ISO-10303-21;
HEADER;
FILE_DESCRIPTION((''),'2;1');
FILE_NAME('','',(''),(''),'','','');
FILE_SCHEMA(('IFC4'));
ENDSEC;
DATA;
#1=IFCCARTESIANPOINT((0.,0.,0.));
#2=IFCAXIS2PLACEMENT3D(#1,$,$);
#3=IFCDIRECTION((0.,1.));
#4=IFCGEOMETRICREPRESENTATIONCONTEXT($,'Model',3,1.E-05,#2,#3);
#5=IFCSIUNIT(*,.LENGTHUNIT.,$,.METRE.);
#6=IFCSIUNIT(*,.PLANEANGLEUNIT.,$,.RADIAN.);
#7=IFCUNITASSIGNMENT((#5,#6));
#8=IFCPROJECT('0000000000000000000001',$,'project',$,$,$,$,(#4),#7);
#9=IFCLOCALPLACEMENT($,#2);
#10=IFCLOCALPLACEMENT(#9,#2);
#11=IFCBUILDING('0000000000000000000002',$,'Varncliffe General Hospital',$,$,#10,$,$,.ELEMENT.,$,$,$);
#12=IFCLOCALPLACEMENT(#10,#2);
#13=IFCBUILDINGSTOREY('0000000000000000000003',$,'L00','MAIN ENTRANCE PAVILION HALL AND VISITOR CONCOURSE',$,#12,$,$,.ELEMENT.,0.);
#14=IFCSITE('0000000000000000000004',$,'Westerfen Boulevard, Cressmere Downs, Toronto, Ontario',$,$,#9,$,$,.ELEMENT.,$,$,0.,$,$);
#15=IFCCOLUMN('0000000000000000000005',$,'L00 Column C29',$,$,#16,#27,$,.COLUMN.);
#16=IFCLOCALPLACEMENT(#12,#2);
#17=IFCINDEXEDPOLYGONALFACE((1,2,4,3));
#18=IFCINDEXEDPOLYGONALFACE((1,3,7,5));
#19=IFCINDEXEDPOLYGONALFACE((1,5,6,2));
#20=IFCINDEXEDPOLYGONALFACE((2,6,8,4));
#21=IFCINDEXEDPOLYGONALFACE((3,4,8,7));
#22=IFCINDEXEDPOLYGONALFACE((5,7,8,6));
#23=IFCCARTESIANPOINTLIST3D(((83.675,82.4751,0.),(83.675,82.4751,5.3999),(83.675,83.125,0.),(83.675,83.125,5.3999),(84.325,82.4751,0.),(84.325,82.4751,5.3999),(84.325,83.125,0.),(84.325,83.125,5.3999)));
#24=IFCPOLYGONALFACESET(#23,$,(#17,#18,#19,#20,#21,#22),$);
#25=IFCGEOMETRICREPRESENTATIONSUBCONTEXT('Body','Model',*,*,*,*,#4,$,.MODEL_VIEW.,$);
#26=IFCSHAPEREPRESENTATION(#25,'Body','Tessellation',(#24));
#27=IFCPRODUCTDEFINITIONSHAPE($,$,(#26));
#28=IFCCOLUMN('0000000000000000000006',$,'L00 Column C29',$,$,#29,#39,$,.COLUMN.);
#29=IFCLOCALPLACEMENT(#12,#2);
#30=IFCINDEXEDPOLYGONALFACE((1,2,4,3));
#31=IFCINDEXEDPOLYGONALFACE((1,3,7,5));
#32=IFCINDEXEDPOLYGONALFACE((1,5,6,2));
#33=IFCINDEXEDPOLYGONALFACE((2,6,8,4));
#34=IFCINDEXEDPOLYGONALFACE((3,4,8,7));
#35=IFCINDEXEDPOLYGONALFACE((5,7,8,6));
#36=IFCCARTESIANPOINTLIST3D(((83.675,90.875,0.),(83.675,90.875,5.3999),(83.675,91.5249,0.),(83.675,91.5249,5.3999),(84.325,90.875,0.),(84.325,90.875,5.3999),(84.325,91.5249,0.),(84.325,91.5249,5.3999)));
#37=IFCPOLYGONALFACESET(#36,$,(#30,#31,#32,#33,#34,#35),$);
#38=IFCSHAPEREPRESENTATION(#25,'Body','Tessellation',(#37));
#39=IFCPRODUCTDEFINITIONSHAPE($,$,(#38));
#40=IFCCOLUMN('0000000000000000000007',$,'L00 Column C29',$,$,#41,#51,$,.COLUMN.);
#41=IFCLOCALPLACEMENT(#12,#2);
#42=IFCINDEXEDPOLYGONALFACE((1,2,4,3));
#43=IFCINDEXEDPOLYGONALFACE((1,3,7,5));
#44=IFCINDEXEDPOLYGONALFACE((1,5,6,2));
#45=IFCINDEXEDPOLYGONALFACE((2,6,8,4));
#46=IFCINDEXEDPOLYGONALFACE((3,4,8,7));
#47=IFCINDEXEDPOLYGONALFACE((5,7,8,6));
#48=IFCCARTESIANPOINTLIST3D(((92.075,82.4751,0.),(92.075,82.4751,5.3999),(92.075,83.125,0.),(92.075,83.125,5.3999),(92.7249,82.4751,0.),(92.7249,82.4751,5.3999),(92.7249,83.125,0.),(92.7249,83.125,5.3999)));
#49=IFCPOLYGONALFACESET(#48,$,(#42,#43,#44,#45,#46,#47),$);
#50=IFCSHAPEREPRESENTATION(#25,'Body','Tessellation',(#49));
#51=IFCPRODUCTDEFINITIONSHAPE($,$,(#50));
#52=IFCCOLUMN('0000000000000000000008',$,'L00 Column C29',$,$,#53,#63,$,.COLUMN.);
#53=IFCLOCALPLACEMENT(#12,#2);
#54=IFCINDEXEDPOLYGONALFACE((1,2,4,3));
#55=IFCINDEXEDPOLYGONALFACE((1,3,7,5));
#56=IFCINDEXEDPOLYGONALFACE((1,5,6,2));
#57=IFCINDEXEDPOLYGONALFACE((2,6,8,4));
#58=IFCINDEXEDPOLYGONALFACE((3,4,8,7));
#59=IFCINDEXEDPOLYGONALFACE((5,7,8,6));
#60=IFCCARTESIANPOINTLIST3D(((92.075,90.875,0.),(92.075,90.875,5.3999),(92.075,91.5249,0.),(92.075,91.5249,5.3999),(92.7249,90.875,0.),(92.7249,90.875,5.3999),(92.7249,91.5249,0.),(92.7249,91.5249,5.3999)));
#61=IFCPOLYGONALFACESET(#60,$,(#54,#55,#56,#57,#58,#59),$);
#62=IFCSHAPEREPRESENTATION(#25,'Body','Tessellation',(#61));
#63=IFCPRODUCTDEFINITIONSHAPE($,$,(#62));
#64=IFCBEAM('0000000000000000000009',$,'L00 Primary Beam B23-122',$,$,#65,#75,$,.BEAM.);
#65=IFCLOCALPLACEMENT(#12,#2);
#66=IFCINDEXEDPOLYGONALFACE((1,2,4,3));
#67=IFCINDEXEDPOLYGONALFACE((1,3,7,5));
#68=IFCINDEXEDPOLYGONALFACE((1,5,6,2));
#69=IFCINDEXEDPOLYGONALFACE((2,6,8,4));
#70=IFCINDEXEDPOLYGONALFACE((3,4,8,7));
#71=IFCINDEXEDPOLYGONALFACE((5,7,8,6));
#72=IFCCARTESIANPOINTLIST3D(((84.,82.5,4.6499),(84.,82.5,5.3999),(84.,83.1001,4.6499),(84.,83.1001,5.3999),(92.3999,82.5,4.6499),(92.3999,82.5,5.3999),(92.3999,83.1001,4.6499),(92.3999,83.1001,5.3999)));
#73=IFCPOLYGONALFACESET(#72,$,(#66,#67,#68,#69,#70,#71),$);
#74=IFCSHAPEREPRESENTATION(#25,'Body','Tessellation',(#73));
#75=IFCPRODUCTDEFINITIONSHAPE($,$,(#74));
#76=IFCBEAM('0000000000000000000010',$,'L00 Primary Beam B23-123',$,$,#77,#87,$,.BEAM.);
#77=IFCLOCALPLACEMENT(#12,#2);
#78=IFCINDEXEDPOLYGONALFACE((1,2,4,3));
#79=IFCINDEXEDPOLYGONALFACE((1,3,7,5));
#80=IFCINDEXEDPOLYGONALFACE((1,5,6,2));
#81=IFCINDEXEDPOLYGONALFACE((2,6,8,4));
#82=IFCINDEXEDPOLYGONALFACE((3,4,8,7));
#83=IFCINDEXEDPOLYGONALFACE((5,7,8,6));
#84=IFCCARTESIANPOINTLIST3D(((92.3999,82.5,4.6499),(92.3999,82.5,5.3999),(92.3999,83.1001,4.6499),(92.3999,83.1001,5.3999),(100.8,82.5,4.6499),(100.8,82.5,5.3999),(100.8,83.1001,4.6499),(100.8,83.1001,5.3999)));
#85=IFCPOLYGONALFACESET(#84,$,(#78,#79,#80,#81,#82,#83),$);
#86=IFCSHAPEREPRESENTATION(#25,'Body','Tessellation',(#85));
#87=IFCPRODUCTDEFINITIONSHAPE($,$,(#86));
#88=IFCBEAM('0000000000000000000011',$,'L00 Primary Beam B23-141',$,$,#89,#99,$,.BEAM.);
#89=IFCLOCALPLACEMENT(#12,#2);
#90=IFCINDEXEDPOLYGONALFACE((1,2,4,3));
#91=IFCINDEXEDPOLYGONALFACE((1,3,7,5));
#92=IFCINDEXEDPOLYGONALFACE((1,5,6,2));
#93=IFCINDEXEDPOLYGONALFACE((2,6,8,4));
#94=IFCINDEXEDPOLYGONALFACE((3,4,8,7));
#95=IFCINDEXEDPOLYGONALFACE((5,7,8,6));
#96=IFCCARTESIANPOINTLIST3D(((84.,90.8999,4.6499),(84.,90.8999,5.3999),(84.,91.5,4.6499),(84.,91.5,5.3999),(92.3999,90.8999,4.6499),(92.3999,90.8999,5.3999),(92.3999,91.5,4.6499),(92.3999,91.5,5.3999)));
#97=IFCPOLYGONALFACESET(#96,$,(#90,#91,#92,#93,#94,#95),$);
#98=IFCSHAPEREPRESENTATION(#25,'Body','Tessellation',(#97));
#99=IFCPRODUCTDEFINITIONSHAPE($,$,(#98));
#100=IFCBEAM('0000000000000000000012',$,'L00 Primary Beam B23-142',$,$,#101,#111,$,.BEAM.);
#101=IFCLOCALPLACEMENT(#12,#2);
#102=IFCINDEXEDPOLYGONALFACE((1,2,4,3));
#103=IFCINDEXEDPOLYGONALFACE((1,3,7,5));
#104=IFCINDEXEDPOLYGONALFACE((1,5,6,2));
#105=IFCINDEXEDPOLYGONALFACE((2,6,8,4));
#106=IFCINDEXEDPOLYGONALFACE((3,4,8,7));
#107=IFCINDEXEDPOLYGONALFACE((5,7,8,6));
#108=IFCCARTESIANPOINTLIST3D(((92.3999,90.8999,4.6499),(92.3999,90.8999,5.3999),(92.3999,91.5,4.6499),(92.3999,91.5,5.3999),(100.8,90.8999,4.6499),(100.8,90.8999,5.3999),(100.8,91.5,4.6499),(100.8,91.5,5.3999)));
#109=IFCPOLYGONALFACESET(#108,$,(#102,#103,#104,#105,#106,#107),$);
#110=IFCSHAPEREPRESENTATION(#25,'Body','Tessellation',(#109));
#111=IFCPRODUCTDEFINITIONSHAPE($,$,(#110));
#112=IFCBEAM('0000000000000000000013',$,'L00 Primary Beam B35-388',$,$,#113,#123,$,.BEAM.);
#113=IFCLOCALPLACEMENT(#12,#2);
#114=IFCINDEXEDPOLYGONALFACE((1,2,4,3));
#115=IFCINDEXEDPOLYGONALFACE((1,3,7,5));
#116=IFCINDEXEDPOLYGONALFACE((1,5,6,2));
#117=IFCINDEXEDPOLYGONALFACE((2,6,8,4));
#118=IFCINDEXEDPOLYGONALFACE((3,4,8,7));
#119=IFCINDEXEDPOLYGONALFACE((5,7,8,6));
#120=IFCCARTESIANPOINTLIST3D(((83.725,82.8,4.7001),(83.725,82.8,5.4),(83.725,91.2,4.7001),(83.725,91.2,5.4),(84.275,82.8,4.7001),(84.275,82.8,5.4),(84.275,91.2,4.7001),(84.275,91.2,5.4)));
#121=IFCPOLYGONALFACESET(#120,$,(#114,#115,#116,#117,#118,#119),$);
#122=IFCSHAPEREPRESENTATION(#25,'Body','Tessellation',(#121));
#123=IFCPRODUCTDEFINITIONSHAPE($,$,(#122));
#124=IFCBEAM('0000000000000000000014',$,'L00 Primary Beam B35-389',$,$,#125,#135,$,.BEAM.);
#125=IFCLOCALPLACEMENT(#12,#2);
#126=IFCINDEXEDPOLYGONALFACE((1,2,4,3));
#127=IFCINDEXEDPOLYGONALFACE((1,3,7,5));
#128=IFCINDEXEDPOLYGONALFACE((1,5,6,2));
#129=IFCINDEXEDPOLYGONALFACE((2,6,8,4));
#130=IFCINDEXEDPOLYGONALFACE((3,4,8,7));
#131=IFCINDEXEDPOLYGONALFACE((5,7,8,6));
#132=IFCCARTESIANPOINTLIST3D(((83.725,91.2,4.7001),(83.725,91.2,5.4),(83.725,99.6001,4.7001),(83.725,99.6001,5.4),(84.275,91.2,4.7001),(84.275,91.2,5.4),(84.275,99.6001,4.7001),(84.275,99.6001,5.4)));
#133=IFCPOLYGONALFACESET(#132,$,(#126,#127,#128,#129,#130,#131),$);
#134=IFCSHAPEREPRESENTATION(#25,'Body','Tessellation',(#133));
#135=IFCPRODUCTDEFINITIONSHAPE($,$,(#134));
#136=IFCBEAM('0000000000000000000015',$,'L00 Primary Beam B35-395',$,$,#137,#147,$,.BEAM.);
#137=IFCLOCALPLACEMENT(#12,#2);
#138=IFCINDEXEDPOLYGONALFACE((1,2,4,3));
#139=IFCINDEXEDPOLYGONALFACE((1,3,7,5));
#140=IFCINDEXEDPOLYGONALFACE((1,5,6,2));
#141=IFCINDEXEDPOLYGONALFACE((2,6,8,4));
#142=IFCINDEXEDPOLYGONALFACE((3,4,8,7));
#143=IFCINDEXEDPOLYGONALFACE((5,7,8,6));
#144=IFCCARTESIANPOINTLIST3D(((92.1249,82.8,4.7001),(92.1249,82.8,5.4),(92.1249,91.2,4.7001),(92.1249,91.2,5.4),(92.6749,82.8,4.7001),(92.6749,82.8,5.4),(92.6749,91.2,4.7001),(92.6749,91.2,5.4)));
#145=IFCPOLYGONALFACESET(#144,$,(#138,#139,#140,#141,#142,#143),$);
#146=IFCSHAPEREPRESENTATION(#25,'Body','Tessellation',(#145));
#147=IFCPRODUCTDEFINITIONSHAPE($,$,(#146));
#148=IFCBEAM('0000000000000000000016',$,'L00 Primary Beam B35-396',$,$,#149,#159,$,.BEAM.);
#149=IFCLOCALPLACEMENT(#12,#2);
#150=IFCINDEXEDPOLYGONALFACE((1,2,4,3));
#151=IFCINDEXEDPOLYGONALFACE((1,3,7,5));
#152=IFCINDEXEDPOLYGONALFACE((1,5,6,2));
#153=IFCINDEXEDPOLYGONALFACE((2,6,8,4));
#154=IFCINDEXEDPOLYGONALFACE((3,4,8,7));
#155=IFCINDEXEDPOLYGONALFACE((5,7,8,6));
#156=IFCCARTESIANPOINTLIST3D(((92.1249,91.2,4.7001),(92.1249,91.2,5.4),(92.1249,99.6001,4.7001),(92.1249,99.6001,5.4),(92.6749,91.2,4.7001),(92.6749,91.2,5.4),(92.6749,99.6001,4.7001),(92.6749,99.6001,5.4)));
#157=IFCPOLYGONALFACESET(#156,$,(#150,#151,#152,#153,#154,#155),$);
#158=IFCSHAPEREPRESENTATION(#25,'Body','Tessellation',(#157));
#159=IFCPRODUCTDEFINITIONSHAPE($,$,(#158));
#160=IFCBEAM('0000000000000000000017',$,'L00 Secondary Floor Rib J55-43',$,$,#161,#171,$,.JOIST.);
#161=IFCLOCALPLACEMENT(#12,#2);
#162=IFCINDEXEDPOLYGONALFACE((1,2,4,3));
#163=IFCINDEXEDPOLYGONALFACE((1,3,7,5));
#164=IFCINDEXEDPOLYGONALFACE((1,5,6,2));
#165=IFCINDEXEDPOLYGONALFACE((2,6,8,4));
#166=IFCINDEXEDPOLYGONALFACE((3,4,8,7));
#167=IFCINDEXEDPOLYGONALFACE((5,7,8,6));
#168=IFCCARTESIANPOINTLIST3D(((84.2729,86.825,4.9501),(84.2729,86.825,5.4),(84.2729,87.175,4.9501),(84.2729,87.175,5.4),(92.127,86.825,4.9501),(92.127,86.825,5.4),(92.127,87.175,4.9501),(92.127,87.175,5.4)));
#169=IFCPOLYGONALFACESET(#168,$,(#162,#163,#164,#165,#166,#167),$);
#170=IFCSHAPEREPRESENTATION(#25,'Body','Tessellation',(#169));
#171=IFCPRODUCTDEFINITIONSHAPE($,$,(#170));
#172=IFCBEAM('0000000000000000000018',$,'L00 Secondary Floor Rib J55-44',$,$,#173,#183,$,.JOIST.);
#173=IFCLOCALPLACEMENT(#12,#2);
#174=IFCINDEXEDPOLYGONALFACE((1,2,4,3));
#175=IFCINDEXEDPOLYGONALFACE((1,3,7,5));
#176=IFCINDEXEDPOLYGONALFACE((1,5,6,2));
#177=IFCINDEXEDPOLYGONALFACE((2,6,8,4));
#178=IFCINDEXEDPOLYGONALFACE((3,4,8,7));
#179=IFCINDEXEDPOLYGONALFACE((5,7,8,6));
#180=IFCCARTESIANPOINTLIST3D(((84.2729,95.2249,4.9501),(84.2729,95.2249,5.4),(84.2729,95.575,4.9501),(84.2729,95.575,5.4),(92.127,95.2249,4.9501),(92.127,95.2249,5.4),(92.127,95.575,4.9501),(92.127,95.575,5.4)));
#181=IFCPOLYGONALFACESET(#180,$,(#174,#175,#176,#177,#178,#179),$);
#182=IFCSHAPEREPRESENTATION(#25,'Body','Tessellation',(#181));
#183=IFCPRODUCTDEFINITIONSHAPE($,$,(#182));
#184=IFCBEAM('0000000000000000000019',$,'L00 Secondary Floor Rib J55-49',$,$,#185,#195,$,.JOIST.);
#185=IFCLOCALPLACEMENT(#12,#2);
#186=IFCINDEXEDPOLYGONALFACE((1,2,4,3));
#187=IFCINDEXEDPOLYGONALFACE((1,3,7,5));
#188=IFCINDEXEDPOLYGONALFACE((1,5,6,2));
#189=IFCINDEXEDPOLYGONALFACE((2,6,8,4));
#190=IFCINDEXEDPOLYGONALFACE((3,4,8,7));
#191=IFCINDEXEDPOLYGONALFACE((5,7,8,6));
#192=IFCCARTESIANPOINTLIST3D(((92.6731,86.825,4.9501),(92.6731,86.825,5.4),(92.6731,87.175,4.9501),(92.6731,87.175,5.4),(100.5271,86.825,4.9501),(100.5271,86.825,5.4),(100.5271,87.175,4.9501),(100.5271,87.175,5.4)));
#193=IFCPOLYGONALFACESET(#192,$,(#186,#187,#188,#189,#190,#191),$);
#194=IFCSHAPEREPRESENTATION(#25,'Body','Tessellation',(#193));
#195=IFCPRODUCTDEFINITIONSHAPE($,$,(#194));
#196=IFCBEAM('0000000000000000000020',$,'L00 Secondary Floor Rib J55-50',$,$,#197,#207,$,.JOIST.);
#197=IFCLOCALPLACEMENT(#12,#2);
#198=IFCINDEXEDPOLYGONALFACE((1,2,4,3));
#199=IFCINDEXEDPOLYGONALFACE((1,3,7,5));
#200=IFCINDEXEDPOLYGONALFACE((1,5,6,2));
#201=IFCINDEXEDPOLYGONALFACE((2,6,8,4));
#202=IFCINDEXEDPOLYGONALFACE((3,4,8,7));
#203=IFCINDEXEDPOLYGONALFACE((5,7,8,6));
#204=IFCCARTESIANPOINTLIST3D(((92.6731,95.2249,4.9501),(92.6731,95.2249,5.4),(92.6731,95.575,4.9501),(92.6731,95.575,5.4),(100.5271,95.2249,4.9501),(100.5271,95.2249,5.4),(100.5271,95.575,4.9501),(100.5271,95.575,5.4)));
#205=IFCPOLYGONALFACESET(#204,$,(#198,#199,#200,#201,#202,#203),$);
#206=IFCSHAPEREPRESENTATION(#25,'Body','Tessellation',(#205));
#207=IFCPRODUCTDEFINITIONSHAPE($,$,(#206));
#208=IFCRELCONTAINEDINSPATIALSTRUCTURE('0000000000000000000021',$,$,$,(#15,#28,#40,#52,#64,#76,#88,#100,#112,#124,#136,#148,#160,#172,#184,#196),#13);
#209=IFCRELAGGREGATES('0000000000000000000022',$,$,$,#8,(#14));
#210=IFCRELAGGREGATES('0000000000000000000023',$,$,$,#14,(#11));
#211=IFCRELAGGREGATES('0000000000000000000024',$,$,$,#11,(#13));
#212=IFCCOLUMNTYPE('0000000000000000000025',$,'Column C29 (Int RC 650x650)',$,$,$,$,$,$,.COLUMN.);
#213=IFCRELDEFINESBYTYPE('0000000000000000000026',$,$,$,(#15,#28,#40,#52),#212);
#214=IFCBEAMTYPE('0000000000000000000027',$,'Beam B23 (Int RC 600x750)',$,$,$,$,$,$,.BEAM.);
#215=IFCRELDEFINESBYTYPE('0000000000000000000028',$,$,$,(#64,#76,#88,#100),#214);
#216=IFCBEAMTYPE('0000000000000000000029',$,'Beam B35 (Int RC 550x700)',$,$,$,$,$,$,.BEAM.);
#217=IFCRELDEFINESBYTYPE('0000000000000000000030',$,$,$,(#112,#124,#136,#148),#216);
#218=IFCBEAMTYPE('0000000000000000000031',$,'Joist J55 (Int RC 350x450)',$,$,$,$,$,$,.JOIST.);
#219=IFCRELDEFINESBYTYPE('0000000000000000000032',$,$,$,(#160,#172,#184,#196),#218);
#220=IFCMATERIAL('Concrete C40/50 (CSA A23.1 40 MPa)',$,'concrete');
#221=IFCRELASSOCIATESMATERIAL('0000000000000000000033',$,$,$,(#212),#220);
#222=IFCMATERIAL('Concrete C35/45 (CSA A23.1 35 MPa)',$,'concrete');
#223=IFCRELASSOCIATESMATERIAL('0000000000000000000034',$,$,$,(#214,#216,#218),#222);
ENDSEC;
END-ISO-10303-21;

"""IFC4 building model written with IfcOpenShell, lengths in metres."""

from ifc_helpers import new_model, si_unit, direction, frame, origin, origin_2d, place, context, subcontext, project, spatial, rectangle, extrude, material, material_profile, profile_set, type_object, element, save


model = new_model("IFC4")

# Units and contexts
model_context = context("Model", 3, precision=1e-05, world=origin(), true_north=direction((0.0, 1.0)))
body_context = subcontext(model_context, "Body", "Model", "MODEL_VIEW")
ifc_project = project(units=[si_unit("LENGTHUNIT", "METRE"), si_unit("PLANEANGLEUNIT", "RADIAN")], contexts=[model_context])

# Site, building, storey
site_placement = place(None, origin())
site = spatial("IfcSite", under=ifc_project, at=site_placement, Name="Westerfen Boulevard, Cressmere Downs, Toronto, Ontario", CompositionType="ELEMENT", RefElevation=0.0)
building_placement = place(site_placement, origin())
building = spatial("IfcBuilding", under=site, at=building_placement, Name="Varncliffe General Hospital", CompositionType="ELEMENT")
storey_placement = place(building_placement, origin())
storey = spatial("IfcBuildingStorey", under=building, at=storey_placement, Name="L00", Description="MAIN ENTRANCE PAVILION HALL AND VISITOR CONCOURSE", CompositionType="ELEMENT", Elevation=0.0)

# Columns
ifc_material_1 = material(Name="Concrete C40/50 (CSA A23.1 40 MPa)", Category="concrete")
ifc_material_profile_1 = material_profile(ifc_material_1, rectangle(XDim=0.6499, YDim=0.6499, at=origin_2d()), Name="RC 650x650")
ifc_profile_set_1 = profile_set([ifc_material_profile_1], Name="Concrete C40/50 (CSA A23.1 40 MPa)")
column_type = type_object("IfcColumnType", Name="Column C29 (Int RC 650x650)", PredefinedType="COLUMN", material=ifc_profile_set_1)
for number, where, z_axis, x_axis, name in (
    (1, (84.0, 82.8, 0.0), (0.0, 0.0, 1.0), (1.0, 0.0, 0.0), "L00 Column C29"),
    (2, (84.0, 91.2, 0.0), (0.0, 0.0, 1.0), (1.0, 0.0, 0.0), "L00 Column C29"),
    (3, (92.3999, 82.8, 0.0), (0.0, 0.0, 1.0), (1.0, 0.0, 0.0), "L00 Column C29"),
    (4, (92.3999, 91.2, 0.0), (0.0, 0.0, 1.0), (1.0, 0.0, 0.0), "L00 Column C29"),
):
    element("IfcColumn", number, at=place(storey_placement, frame(where, z_axis=z_axis, x_axis=x_axis)), inside=storey, type_object=column_type, Name=name, PredefinedType="COLUMN", context=body_context, shape_type="SweptSolid", body=[
        extrude(rectangle(XDim=0.6499, YDim=0.6499, at=origin_2d()), origin(), (0.0, 0.0, 1.0), 5.3999),
    ])

# Beams
ifc_material_2 = material(Name="Concrete C35/45 (CSA A23.1 35 MPa)", Category="concrete")
ifc_material_profile_2 = material_profile(ifc_material_2, rectangle(XDim=0.6001, YDim=0.75, at=origin_2d()), Name="RC 600x750")
ifc_profile_set_2 = profile_set([ifc_material_profile_2], Name="Concrete C35/45 (CSA A23.1 35 MPa)")
beam_type_1 = type_object("IfcBeamType", Name="Beam B23 (Int RC 600x750)", PredefinedType="BEAM", material=ifc_profile_set_2)
beam_1_placement = place(storey_placement, frame((84.0, 82.8, 5.0249), z_axis=(1.0, 0.0, 0.0), x_axis=(0.0, 1.0, 0.0)))
element("IfcBeam", 5, at=beam_1_placement, inside=storey, type_object=beam_type_1, Name="L00 Primary Beam B23-122", PredefinedType="BEAM", context=body_context, shape_type="SweptSolid", body=[
    extrude(rectangle(XDim=0.6001, YDim=0.75, at=origin_2d()), origin(), (0.0, 0.0, 1.0), 8.3999),
])
beam_2_placement = place(storey_placement, frame((92.3999, 82.8, 5.0249), z_axis=(1.0, 0.0, 0.0), x_axis=(0.0, 1.0, 0.0)))
element("IfcBeam", 6, at=beam_2_placement, inside=storey, type_object=beam_type_1, Name="L00 Primary Beam B23-123", PredefinedType="BEAM", context=body_context, shape_type="SweptSolid", body=[
    extrude(rectangle(XDim=0.6001, YDim=0.75, at=origin_2d()), origin(), (0.0, 0.0, 1.0), 8.4001),
])
beam_3_placement = place(storey_placement, frame((84.0, 91.2, 5.0249), z_axis=(1.0, 0.0, 0.0), x_axis=(0.0, 1.0, 0.0)))
element("IfcBeam", 7, at=beam_3_placement, inside=storey, type_object=beam_type_1, Name="L00 Primary Beam B23-141", PredefinedType="BEAM", context=body_context, shape_type="SweptSolid", body=[
    extrude(rectangle(XDim=0.6001, YDim=0.75, at=origin_2d()), origin(), (0.0, 0.0, 1.0), 8.3999),
])
beam_4_placement = place(storey_placement, frame((92.3999, 91.2, 5.0249), z_axis=(1.0, 0.0, 0.0), x_axis=(0.0, 1.0, 0.0)))
element("IfcBeam", 8, at=beam_4_placement, inside=storey, type_object=beam_type_1, Name="L00 Primary Beam B23-142", PredefinedType="BEAM", context=body_context, shape_type="SweptSolid", body=[
    extrude(rectangle(XDim=0.6001, YDim=0.75, at=origin_2d()), origin(), (0.0, 0.0, 1.0), 8.4001),
])
ifc_material_profile_3 = material_profile(ifc_material_2, rectangle(XDim=0.55, YDim=0.7, at=origin_2d()), Name="RC 550x700")
ifc_profile_set_3 = profile_set([ifc_material_profile_3], Name="Concrete C35/45 (CSA A23.1 35 MPa)")
beam_type_2 = type_object("IfcBeamType", Name="Beam B35 (Int RC 550x700)", PredefinedType="BEAM", material=ifc_profile_set_3)
beam_5_placement = place(storey_placement, frame((84.0, 82.8, 5.05), z_axis=(0.0, 1.0, 0.0), x_axis=(-1.0, 0.0, 0.0)))
element("IfcBeam", 9, at=beam_5_placement, inside=storey, type_object=beam_type_2, Name="L00 Primary Beam B35-388", PredefinedType="BEAM", context=body_context, shape_type="SweptSolid", body=[
    extrude(rectangle(XDim=0.55, YDim=0.7, at=origin_2d()), origin(), (0.0, 0.0, 1.0), 8.3999),
])
beam_6_placement = place(storey_placement, frame((84.0, 91.2, 5.05), z_axis=(0.0, 1.0, 0.0), x_axis=(-1.0, 0.0, 0.0)))
element("IfcBeam", 10, at=beam_6_placement, inside=storey, type_object=beam_type_2, Name="L00 Primary Beam B35-389", PredefinedType="BEAM", context=body_context, shape_type="SweptSolid", body=[
    extrude(rectangle(XDim=0.55, YDim=0.7, at=origin_2d()), origin(), (0.0, 0.0, 1.0), 8.4001),
])
beam_7_placement = place(storey_placement, frame((92.3999, 82.8, 5.05), z_axis=(0.0, 1.0, 0.0), x_axis=(-1.0, 0.0, 0.0)))
element("IfcBeam", 11, at=beam_7_placement, inside=storey, type_object=beam_type_2, Name="L00 Primary Beam B35-395", PredefinedType="BEAM", context=body_context, shape_type="SweptSolid", body=[
    extrude(rectangle(XDim=0.55, YDim=0.7, at=origin_2d()), origin(), (0.0, 0.0, 1.0), 8.3999),
])
beam_8_placement = place(storey_placement, frame((92.3999, 91.2, 5.05), z_axis=(0.0, 1.0, 0.0), x_axis=(-1.0, 0.0, 0.0)))
element("IfcBeam", 12, at=beam_8_placement, inside=storey, type_object=beam_type_2, Name="L00 Primary Beam B35-396", PredefinedType="BEAM", context=body_context, shape_type="SweptSolid", body=[
    extrude(rectangle(XDim=0.55, YDim=0.7, at=origin_2d()), origin(), (0.0, 0.0, 1.0), 8.4001),
])
ifc_material_profile_4 = material_profile(ifc_material_2, rectangle(XDim=0.3501, YDim=0.45, at=origin_2d()), Name="RC 350x450")
ifc_profile_set_4 = profile_set([ifc_material_profile_4], Name="Concrete C35/45 (CSA A23.1 35 MPa)")
beam_type_3 = type_object("IfcBeamType", Name="Joist J55 (Int RC 350x450)", PredefinedType="JOIST", material=ifc_profile_set_4)
for number, where, z_axis, x_axis, name in (
    (13, (84.2729, 87.0, 5.175), (1.0, 0.0, 0.0), (0.0, 1.0, 0.0), "L00 Secondary Floor Rib J55-43"),
    (14, (84.2729, 95.3999, 5.175), (1.0, 0.0, 0.0), (0.0, 1.0, 0.0), "L00 Secondary Floor Rib J55-44"),
    (15, (92.6731, 87.0, 5.175), (1.0, 0.0, 0.0), (0.0, 1.0, 0.0), "L00 Secondary Floor Rib J55-49"),
    (16, (92.6731, 95.3999, 5.175), (1.0, 0.0, 0.0), (0.0, 1.0, 0.0), "L00 Secondary Floor Rib J55-50"),
):
    element("IfcBeam", number, at=place(storey_placement, frame(where, z_axis=z_axis, x_axis=x_axis)), inside=storey, type_object=beam_type_3, Name=name, PredefinedType="JOIST", context=body_context, shape_type="SweptSolid", body=[
        extrude(rectangle(XDim=0.3501, YDim=0.45, at=origin_2d()), origin(), (0.0, 0.0, 1.0), 7.854),
    ])

save(model, "model.ifc")
